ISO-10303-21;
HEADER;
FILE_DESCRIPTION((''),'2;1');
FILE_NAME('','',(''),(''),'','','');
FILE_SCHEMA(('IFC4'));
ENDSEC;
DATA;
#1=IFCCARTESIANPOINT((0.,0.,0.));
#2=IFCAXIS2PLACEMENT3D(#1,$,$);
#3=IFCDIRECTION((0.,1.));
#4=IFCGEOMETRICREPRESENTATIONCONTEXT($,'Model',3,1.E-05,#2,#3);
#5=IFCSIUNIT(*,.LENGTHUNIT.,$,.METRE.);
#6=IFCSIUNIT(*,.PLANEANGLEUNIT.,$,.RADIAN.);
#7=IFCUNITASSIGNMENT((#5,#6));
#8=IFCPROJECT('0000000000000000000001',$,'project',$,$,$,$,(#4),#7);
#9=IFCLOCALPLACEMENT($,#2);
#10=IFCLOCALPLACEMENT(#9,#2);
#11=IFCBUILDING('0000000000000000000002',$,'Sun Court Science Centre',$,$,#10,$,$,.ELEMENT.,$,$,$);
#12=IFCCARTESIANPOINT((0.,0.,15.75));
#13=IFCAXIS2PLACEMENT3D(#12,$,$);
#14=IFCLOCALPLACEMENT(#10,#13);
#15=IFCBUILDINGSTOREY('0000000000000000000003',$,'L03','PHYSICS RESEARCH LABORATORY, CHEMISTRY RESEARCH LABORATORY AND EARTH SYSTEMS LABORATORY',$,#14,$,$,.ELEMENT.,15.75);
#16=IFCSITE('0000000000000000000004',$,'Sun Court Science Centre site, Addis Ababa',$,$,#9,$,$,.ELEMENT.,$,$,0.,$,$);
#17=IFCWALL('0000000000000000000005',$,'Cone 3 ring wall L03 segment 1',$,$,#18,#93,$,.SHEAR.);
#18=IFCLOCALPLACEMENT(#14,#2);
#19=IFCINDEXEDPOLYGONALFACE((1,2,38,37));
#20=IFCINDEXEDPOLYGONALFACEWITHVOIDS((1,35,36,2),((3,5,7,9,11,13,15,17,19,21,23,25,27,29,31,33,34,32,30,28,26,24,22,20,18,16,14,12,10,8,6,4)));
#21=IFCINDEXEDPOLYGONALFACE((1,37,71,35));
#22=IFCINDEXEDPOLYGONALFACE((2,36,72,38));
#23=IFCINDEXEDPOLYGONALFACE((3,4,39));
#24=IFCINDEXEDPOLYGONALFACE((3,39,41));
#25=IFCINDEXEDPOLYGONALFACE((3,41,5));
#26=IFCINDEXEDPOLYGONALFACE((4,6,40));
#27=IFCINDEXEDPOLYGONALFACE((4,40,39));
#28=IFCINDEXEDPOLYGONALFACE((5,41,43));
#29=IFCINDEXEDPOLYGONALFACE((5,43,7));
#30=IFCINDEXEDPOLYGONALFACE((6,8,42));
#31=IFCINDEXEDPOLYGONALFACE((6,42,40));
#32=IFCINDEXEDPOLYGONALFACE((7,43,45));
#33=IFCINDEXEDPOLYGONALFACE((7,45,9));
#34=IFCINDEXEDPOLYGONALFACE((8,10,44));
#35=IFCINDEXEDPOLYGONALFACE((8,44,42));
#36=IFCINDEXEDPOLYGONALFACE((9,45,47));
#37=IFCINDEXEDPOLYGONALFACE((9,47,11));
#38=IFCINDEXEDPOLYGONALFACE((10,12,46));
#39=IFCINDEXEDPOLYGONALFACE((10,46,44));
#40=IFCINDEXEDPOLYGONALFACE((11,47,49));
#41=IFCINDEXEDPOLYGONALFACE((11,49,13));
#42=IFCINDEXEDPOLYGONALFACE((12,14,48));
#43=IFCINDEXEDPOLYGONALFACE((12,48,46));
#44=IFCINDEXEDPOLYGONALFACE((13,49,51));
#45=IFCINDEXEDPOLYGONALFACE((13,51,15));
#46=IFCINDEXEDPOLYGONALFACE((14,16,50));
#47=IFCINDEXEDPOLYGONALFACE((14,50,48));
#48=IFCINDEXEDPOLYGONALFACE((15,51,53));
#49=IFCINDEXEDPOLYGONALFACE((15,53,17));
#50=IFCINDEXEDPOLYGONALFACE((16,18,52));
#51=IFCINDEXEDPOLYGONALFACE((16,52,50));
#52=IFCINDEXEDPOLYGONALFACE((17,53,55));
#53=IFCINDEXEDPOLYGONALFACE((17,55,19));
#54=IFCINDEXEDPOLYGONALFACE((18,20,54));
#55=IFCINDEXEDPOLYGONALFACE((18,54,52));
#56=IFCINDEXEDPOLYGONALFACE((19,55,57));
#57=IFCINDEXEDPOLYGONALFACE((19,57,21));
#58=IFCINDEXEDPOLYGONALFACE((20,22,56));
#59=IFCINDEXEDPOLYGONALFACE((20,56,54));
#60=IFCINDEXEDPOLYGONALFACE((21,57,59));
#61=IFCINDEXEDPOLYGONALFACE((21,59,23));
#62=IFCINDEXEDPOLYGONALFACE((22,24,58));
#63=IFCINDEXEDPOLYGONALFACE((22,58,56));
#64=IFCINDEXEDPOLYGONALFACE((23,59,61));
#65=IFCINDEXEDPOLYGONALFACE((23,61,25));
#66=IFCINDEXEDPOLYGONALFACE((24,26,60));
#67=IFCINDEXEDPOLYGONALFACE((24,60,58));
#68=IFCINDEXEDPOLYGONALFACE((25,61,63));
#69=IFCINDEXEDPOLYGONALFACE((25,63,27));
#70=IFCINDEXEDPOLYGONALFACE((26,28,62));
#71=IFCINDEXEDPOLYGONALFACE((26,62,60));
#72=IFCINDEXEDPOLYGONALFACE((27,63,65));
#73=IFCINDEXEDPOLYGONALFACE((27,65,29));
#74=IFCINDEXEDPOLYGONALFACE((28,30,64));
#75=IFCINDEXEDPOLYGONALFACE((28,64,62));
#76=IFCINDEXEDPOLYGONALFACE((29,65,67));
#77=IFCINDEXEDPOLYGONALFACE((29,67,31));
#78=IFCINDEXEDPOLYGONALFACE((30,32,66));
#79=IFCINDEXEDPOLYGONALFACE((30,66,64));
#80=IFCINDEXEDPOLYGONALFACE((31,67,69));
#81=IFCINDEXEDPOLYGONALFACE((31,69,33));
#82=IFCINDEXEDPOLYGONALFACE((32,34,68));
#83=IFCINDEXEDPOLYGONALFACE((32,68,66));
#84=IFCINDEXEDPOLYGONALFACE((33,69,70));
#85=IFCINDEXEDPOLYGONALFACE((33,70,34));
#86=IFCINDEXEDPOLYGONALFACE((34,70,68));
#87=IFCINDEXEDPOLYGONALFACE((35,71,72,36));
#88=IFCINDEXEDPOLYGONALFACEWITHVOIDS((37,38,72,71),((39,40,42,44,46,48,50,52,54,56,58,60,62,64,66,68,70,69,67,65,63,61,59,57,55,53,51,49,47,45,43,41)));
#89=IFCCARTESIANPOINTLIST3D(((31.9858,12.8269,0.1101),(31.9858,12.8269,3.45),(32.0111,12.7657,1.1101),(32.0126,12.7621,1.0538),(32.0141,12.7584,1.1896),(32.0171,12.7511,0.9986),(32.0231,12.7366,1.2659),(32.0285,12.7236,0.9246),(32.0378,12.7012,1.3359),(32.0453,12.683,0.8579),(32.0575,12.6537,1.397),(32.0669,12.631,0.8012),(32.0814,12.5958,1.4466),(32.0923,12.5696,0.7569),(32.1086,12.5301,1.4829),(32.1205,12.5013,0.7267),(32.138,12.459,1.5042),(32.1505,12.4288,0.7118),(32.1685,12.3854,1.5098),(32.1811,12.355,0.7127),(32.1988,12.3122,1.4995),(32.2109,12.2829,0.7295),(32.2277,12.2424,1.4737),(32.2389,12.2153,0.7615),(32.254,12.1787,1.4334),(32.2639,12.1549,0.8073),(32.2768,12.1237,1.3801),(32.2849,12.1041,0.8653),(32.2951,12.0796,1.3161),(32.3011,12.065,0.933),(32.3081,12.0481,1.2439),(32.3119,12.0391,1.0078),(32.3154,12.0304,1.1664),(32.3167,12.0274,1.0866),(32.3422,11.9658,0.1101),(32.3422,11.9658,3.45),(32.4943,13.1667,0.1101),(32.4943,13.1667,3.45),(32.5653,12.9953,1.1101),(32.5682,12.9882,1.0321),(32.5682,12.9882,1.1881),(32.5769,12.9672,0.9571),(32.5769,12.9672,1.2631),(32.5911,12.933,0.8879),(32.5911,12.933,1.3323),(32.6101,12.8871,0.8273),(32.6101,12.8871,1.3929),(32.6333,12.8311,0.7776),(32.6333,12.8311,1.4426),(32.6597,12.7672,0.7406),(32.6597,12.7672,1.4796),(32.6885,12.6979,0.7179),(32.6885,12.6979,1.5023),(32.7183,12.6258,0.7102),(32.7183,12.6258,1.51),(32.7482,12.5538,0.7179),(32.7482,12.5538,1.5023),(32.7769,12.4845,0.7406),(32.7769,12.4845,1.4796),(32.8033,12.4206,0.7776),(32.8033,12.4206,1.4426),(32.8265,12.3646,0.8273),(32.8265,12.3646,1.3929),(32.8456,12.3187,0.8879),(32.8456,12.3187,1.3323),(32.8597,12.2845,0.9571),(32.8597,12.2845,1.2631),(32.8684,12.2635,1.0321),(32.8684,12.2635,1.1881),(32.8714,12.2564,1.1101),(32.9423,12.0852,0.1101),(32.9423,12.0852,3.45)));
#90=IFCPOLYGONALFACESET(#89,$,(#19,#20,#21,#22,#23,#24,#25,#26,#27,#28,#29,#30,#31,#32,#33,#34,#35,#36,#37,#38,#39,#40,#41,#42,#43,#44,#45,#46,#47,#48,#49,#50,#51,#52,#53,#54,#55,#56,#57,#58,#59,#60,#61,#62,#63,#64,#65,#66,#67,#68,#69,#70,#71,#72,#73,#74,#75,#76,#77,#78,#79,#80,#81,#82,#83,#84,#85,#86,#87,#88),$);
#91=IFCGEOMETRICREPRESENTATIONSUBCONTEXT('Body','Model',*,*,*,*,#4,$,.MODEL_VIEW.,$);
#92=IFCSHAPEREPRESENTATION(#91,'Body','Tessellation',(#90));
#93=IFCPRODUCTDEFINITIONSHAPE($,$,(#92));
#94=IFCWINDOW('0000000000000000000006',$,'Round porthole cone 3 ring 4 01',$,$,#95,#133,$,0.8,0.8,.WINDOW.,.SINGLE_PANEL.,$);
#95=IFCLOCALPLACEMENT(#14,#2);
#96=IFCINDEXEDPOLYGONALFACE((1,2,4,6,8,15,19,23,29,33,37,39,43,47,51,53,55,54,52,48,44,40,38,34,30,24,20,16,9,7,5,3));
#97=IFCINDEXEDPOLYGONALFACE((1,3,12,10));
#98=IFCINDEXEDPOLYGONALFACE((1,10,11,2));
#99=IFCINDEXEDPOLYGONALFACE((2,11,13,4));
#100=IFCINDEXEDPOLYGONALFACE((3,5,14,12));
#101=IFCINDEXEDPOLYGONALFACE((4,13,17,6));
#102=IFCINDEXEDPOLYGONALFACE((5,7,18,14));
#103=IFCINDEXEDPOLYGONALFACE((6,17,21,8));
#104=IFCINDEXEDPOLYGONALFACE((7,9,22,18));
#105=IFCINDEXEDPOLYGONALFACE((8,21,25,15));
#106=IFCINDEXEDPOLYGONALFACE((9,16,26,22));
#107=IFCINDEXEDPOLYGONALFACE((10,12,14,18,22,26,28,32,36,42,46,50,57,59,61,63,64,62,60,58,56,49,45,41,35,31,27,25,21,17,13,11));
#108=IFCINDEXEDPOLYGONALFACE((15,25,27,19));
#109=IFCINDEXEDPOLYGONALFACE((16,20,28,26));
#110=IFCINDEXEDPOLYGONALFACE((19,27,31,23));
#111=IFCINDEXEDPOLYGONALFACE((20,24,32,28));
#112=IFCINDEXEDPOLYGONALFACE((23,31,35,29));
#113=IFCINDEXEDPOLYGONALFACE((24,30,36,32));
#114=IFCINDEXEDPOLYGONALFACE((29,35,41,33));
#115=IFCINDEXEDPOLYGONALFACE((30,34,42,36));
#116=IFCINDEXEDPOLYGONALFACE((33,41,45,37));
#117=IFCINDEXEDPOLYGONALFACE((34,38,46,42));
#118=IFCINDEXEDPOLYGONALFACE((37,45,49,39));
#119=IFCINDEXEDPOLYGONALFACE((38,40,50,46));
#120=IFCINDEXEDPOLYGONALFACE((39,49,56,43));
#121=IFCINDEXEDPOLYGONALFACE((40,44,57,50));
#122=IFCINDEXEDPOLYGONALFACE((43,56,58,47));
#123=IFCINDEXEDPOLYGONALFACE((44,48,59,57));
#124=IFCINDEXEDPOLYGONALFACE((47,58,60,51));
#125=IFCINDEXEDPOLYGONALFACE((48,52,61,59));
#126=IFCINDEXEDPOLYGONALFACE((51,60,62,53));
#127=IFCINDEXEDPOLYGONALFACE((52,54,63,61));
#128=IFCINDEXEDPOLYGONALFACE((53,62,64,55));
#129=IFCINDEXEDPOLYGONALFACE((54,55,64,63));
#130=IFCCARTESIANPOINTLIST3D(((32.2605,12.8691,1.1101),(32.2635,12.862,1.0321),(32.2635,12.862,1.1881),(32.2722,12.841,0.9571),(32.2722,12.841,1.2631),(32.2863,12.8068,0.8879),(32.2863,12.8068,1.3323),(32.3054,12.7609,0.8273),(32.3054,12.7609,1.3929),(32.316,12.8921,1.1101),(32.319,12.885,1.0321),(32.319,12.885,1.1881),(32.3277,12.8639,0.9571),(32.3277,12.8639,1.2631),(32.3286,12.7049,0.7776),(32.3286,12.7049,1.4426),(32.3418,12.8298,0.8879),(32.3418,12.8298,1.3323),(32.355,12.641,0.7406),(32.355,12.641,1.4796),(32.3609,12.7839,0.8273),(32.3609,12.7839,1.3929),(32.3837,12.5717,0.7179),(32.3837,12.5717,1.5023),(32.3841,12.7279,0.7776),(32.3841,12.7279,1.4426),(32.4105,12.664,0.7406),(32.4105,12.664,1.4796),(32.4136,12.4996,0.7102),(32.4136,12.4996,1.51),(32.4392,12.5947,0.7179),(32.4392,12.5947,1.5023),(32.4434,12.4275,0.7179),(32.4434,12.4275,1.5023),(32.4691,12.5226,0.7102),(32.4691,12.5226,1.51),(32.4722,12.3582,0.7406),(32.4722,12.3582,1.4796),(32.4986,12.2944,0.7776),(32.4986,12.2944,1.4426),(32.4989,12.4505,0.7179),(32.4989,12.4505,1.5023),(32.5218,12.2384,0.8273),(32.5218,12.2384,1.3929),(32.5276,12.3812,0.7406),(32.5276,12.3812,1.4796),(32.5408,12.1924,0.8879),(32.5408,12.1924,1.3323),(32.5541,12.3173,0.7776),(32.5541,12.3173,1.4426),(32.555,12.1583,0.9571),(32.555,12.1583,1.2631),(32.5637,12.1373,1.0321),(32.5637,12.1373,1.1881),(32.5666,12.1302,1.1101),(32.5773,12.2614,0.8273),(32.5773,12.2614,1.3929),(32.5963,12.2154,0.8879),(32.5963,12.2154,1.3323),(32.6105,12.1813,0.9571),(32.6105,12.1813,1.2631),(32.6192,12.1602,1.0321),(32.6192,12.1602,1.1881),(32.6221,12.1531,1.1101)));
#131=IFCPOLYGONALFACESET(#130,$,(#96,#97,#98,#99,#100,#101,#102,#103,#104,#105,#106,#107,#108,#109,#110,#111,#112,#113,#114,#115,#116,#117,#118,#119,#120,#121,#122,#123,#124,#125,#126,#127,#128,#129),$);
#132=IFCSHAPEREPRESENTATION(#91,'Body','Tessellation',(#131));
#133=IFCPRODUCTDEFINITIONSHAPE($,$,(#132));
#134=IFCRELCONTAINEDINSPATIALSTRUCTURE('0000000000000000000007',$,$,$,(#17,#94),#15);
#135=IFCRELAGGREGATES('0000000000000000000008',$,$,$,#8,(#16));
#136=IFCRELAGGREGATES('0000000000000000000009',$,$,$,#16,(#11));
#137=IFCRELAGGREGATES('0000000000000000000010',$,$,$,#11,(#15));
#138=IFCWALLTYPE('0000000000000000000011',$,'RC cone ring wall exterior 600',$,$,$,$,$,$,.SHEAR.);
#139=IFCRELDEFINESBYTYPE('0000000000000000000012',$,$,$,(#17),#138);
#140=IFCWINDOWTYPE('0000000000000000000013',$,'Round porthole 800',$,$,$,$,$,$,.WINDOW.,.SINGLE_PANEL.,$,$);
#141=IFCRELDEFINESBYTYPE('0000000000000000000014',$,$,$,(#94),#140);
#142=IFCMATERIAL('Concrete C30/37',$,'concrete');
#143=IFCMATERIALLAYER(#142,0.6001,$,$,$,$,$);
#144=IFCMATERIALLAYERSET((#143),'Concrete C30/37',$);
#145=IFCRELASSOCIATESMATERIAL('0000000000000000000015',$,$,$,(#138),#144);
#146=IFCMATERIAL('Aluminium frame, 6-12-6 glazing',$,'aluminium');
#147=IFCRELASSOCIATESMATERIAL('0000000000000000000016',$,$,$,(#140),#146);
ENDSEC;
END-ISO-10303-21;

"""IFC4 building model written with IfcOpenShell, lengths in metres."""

from ifc_helpers import new_model, si_unit, direction, frame, frame_2d, origin, place, context, subcontext, project, spatial, polyline, circle, outline, extrude, material, layer, layer_set, type_object, element, fill, save


model = new_model("IFC4")

# Units and contexts
model_context = context("Model", 3, precision=1e-05, world=origin(), true_north=direction((0.0, 1.0)))
body_context = subcontext(model_context, "Body", "Model", "MODEL_VIEW")
ifc_project = project(units=[si_unit("LENGTHUNIT", "METRE"), si_unit("PLANEANGLEUNIT", "RADIAN")], contexts=[model_context])

# Site, building, storey
site_placement = place(None, origin())
site = spatial("IfcSite", under=ifc_project, at=site_placement, Name="Sun Court Science Centre site, Addis Ababa", CompositionType="ELEMENT", RefElevation=0.0)
building_placement = place(site_placement, origin())
building = spatial("IfcBuilding", under=site, at=building_placement, Name="Sun Court Science Centre", CompositionType="ELEMENT")
storey_placement = place(building_placement, frame((0.0, 0.0, 15.75)))
storey = spatial("IfcBuildingStorey", under=building, at=storey_placement, Name="L03", Description="PHYSICS RESEARCH LABORATORY, CHEMISTRY RESEARCH LABORATORY AND EARTH SYSTEMS LABORATORY", CompositionType="ELEMENT", Elevation=15.75)

# Wall, opening, window
ifc_material_1 = material(Name="Concrete C30/37", Category="concrete")
ifc_layer_1 = layer(ifc_material_1, 0.6001)
ifc_layer_set_1 = layer_set([ifc_layer_1], Name="Concrete C30/37")
wall_type = type_object("IfcWallType", Name="RC cone ring wall exterior 600", PredefinedType="SHEAR", material=ifc_layer_set_1)
wall_1_placement = place(storey_placement, frame((32.6653, 11.9705, 0.1101), z_axis=(0.0, 0.0, 1.0), x_axis=(-0.382689, 0.923877, 0.0)))
wall_1 = element("IfcWall", 1, at=wall_1_placement, inside=storey, type_object=wall_type, Name="Cone 3 ring wall L03 segment 1", PredefinedType="SHEAR", context=body_context, shape_type="SweptSolid", body=[
    extrude(outline(polyline([(0.0, -0.2998), (1.1707, -0.2998), (1.0513, 0.3), (0.1194, 0.3003), (0.0, -0.2998)])), origin(), (0.0, 0.0, 1.0), 3.3398),
])
opening_1_placement = place(wall_1_placement, frame((0.1853, 0.0, 0.6001)))
opening_1 = element("IfcOpeningElement", 2, at=opening_1_placement, cuts=wall_1, PredefinedType="OPENING", context=body_context, shape_type="SweptSolid", body=[
    extrude(circle(Radius=0.3999, at=frame_2d((0.3999, 0.3999))), frame((0.0, 0.3101, 0.0), z_axis=(0.0, -1.0, 0.0), x_axis=(1.0, 0.0, 0.0)), (0.0, 0.0, 1.0), 0.6201),
])
ifc_material_2 = material(Name="Aluminium frame, 6-12-6 glazing", Category="aluminium")
window_type = type_object("IfcWindowType", Name="Round porthole 800", PartitioningType="SINGLE_PANEL", PredefinedType="WINDOW", material=ifc_material_2)
window_1_placement = place(opening_1_placement, origin())
window_1 = element("IfcWindow", 3, at=window_1_placement, inside=storey, type_object=window_type, Name="Round porthole cone 3 ring 4 01", OverallHeight=0.8, OverallWidth=0.8, PartitioningType="SINGLE_PANEL", PredefinedType="WINDOW", context=body_context, shape_type="SweptSolid", body=[
    extrude(circle(Radius=0.3999, at=frame_2d((0.3999, 0.3999))), frame((0.0, 0.03, 0.0), z_axis=(0.0, -1.0, 0.0), x_axis=(1.0, 0.0, 0.0)), (0.0, 0.0, 1.0), 0.0601),
])
fill(opening_1, window_1)

save(model, "model.ifc")
